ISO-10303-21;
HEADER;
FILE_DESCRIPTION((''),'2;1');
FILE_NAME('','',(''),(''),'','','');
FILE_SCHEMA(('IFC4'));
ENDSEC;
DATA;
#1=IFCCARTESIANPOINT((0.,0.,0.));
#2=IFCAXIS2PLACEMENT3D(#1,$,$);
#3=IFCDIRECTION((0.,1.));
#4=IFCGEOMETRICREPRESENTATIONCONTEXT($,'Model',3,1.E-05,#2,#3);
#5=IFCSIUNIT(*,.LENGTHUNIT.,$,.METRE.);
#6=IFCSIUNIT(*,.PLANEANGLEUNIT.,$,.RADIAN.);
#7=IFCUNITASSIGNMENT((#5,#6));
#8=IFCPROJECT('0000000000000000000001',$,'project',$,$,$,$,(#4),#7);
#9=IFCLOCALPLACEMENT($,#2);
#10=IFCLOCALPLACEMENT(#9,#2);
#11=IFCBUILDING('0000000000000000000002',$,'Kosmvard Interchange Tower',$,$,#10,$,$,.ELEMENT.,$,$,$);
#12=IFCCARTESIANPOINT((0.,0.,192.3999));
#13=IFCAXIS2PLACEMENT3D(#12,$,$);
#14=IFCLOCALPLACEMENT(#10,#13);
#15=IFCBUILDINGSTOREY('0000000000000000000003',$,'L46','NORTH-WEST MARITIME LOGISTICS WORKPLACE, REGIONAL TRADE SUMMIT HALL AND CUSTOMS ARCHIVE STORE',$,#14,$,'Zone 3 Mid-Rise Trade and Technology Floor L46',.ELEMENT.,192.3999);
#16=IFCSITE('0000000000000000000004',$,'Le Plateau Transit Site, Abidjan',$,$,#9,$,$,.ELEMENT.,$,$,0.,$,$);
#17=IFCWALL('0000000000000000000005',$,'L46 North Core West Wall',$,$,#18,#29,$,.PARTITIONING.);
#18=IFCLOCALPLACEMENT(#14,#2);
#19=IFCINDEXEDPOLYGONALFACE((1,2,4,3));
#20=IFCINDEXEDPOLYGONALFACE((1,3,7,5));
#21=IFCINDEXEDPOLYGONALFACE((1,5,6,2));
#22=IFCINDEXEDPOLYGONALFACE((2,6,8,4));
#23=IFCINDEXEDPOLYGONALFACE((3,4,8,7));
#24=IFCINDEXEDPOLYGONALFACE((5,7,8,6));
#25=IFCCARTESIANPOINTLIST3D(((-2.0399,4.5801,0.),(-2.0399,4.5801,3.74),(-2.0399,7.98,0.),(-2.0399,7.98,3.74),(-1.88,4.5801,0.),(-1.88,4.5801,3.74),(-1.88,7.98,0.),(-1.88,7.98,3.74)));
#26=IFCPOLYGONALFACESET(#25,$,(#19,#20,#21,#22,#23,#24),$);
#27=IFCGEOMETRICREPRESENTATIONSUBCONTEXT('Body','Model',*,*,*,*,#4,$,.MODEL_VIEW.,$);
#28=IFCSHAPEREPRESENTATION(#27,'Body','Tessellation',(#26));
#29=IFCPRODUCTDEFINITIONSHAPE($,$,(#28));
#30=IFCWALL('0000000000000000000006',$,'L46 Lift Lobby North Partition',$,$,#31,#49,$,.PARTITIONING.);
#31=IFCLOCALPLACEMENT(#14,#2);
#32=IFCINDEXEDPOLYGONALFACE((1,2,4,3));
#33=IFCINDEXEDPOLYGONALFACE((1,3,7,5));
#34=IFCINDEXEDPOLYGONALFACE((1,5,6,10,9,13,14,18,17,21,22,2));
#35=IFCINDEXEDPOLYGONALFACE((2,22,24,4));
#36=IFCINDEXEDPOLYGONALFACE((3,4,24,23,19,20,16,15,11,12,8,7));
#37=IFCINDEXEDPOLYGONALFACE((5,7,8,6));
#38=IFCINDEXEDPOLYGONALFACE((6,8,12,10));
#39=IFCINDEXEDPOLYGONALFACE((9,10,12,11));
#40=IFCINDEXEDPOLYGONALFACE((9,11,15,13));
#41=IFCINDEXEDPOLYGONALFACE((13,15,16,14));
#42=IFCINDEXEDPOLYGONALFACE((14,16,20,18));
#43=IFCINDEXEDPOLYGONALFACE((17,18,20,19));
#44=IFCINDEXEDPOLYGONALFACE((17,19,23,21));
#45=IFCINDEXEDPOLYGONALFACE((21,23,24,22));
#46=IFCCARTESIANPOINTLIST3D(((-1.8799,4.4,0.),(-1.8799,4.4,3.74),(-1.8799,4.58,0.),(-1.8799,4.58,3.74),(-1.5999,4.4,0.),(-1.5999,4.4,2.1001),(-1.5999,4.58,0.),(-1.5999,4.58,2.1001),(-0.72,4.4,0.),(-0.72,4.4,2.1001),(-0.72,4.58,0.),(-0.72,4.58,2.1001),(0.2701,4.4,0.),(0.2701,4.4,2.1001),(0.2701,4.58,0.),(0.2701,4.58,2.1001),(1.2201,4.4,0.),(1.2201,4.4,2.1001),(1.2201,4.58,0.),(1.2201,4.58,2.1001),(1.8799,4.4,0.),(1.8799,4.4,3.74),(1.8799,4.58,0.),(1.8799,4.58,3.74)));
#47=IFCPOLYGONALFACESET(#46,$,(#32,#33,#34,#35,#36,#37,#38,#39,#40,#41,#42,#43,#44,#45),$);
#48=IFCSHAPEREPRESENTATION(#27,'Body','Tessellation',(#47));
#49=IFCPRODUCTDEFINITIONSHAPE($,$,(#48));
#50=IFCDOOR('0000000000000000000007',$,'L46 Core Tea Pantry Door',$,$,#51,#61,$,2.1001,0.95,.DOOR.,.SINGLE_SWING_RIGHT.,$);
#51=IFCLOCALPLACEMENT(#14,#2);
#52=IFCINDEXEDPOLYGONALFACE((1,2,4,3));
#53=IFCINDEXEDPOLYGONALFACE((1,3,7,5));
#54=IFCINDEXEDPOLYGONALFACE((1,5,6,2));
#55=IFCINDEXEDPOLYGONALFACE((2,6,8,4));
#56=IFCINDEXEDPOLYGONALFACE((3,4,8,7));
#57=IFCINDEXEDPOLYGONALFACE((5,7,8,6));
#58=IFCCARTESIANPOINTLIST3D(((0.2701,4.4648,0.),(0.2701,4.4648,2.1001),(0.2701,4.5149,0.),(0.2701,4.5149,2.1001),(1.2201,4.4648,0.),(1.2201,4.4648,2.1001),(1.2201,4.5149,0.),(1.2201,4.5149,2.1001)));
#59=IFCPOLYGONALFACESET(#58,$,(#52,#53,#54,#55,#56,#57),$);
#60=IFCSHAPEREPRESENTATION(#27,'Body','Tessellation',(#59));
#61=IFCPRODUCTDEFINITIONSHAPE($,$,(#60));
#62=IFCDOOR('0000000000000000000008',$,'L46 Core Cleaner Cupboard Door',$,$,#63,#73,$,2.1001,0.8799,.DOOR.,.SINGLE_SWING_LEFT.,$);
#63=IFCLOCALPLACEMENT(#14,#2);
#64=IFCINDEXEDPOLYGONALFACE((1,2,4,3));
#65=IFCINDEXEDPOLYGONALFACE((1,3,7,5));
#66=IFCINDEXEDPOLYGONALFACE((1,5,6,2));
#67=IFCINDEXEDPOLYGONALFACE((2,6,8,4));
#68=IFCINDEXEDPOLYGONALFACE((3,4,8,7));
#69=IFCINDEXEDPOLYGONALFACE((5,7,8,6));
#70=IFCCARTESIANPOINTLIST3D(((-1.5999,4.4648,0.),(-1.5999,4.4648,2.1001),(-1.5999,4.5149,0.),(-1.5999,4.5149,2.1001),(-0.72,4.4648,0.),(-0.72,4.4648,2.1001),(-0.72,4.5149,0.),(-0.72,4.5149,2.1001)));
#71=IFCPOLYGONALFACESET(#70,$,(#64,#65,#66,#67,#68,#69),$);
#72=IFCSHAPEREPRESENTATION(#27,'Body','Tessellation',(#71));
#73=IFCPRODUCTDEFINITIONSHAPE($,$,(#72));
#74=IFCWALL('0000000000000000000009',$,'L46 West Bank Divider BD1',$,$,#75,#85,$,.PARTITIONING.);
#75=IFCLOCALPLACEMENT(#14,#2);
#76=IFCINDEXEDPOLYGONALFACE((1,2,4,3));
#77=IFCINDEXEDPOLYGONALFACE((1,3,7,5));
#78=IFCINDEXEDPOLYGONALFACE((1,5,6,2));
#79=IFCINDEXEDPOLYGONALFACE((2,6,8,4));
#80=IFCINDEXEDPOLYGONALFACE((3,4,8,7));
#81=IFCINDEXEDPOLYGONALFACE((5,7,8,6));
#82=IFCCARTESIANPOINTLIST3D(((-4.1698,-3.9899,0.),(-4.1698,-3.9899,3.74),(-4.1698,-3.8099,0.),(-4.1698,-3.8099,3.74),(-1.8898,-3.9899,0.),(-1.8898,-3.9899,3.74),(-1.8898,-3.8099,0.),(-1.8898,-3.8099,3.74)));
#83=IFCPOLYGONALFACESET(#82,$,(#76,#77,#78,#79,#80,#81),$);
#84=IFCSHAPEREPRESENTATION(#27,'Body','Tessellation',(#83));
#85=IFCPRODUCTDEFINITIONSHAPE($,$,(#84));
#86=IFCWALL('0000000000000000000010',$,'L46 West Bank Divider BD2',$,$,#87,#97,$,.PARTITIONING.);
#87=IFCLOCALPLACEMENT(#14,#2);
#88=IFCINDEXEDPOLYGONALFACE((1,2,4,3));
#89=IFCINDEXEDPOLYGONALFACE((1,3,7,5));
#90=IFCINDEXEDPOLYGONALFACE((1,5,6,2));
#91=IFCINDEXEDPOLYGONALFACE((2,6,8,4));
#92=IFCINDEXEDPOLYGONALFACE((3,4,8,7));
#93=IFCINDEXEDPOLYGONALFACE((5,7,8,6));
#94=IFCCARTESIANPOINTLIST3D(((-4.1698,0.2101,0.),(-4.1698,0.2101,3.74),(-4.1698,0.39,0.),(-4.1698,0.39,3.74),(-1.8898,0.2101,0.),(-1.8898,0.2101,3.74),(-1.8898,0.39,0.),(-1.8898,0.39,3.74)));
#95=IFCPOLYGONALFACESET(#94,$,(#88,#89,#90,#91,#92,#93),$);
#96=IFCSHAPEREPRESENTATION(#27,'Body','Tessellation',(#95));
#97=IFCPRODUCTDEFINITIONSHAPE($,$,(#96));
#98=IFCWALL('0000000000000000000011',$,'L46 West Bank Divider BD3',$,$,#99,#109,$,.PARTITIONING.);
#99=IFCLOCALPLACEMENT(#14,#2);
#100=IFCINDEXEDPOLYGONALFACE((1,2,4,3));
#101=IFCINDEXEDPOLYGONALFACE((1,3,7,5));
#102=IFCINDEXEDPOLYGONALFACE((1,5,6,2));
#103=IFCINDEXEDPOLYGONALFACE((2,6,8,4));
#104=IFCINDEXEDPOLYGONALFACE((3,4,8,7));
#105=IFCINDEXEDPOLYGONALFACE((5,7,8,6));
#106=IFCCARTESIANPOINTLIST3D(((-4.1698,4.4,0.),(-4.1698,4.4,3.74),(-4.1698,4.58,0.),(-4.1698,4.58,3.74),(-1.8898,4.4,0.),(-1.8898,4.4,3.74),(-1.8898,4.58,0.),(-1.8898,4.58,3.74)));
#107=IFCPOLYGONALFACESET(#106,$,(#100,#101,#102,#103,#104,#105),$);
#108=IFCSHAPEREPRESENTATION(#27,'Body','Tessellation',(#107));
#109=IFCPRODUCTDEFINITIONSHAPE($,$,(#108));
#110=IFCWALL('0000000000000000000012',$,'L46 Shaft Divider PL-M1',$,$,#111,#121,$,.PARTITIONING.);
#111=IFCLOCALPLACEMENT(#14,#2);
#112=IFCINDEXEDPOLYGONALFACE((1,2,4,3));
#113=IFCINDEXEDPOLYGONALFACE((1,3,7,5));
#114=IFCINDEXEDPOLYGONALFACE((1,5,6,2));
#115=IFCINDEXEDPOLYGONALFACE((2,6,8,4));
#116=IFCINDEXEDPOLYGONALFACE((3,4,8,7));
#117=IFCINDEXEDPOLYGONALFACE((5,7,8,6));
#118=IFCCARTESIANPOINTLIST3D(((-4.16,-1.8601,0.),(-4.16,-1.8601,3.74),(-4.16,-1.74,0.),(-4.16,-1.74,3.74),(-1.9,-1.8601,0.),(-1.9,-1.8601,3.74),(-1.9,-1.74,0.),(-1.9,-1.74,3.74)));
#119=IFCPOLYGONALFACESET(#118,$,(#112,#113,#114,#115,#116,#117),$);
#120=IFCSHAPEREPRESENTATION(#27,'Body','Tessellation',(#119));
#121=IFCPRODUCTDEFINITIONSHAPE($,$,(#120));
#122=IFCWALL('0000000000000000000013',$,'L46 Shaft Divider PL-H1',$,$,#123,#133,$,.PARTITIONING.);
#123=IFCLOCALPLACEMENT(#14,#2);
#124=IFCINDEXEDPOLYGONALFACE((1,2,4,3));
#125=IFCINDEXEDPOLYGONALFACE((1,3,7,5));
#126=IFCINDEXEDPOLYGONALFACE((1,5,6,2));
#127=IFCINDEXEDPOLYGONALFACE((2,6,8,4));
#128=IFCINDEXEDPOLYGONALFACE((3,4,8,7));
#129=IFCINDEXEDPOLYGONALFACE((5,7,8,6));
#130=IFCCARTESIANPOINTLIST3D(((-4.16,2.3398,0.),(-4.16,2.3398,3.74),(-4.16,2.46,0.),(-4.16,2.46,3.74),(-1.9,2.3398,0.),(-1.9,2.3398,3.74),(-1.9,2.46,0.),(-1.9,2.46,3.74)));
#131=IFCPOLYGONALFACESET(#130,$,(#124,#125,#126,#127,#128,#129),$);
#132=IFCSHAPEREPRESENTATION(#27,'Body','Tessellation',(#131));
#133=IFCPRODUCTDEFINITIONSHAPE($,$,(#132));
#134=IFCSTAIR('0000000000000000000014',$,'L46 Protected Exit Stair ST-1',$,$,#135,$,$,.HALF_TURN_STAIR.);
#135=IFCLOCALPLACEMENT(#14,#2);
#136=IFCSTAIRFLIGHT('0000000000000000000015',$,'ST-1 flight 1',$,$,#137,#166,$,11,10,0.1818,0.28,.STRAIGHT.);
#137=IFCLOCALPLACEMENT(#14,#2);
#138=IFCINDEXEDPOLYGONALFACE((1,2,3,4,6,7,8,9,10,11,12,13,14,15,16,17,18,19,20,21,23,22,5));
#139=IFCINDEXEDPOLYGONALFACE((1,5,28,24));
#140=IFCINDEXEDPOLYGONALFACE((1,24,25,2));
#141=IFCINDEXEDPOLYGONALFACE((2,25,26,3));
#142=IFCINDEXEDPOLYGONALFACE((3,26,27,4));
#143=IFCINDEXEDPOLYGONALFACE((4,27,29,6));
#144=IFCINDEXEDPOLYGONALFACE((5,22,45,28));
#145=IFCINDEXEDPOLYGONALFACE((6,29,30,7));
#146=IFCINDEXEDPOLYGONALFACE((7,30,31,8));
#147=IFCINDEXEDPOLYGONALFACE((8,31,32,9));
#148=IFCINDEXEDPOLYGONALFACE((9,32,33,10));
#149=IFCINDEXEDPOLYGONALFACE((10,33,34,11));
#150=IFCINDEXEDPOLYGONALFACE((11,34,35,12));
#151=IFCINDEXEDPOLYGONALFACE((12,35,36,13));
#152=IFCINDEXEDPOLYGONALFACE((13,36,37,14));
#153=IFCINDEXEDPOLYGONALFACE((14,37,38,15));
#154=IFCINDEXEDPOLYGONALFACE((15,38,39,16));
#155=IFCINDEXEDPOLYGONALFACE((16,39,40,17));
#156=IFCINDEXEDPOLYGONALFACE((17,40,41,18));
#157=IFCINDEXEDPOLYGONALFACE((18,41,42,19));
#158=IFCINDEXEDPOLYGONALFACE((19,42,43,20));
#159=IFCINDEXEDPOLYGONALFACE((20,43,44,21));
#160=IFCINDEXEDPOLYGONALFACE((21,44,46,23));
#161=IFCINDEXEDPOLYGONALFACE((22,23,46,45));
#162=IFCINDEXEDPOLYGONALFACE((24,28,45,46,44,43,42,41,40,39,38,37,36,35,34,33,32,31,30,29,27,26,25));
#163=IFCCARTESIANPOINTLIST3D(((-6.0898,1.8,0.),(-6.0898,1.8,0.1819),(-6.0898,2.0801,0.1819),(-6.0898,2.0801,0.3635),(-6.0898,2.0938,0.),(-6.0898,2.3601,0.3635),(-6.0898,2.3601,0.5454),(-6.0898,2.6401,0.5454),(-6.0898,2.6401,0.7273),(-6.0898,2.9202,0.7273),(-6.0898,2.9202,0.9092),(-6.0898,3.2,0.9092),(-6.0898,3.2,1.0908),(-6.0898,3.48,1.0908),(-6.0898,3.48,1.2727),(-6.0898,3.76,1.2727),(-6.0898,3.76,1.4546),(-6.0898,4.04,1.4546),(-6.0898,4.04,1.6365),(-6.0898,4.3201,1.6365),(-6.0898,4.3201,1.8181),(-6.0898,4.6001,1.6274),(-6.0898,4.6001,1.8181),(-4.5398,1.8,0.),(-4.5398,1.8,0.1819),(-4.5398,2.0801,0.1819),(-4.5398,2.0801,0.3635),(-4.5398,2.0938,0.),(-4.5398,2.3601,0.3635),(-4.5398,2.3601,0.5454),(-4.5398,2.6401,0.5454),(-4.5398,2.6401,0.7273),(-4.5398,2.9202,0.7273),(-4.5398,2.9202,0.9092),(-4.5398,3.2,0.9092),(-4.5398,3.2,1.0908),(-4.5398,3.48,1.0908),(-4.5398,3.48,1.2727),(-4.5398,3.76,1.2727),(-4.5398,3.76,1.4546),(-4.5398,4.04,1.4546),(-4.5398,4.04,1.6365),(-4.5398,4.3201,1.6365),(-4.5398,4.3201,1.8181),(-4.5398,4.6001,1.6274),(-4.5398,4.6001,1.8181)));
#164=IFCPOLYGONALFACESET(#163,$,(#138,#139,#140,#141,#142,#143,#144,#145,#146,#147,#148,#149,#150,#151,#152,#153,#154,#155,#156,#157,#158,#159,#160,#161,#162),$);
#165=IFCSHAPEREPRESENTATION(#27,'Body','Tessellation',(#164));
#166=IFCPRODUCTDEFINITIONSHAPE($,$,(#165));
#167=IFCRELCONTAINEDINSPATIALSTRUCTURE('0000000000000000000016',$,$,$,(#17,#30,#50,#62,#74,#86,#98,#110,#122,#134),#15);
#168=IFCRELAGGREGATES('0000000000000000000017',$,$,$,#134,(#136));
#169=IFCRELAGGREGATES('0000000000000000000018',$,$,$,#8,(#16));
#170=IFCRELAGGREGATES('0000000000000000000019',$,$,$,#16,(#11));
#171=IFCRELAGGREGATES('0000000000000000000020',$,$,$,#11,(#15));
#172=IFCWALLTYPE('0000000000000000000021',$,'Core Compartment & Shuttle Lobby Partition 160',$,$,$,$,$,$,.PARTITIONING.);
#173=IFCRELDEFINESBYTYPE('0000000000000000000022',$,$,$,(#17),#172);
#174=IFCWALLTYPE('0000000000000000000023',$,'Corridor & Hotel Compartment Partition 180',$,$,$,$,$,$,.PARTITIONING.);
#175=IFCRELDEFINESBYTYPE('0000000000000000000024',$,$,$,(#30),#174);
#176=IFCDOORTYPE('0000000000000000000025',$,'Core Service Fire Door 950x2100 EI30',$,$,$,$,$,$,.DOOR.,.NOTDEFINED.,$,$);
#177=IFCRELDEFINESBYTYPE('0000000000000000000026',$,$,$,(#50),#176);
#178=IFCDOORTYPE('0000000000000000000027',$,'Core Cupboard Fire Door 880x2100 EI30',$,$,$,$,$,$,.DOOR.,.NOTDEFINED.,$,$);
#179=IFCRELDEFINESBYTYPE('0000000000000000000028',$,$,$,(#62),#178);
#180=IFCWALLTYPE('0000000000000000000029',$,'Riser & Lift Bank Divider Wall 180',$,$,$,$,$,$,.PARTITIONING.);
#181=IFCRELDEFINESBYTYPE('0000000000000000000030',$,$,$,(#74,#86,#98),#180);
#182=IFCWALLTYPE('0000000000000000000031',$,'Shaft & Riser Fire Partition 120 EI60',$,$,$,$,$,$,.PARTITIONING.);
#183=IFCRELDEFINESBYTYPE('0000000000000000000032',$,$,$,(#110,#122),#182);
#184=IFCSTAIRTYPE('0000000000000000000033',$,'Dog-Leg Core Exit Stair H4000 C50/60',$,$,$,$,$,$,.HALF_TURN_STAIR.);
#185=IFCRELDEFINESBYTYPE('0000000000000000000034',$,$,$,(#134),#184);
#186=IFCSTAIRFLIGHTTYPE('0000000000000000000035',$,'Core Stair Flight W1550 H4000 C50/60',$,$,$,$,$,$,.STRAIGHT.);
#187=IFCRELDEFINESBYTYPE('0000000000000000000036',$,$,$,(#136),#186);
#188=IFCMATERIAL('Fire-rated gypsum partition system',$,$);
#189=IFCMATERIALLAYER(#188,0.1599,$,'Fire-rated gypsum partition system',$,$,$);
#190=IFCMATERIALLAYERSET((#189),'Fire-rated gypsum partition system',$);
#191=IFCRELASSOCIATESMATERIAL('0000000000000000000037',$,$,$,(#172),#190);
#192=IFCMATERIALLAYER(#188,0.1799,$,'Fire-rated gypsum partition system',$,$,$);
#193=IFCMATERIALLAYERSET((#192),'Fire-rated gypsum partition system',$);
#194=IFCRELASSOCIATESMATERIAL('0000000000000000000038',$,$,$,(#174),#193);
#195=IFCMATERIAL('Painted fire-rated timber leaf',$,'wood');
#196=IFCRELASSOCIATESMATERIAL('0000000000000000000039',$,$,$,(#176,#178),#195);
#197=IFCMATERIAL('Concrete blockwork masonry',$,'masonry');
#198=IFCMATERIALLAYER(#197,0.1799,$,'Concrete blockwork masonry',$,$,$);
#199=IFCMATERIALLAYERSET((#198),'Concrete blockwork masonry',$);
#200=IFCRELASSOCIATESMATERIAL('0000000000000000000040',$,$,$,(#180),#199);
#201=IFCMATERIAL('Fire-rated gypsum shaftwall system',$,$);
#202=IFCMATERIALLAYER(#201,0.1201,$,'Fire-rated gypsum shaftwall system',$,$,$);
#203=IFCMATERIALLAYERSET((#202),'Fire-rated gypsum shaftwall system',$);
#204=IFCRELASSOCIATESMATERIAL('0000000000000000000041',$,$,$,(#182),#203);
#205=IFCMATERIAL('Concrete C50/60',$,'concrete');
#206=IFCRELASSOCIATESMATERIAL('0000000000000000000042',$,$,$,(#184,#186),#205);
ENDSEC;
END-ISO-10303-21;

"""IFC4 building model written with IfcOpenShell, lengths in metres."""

from ifc_helpers import new_model, si_unit, direction, frame, frame_2d, origin, place, context, subcontext, project, spatial, polyline, rectangle, outline, extrude, source, transform, mapped, material, layer, layer_set, type_object, element, fill, aggregate, save


model = new_model("IFC4")

# Units and contexts
model_context = context("Model", 3, precision=1e-05, world=origin(), true_north=direction((0.0, 1.0)))
body_context = subcontext(model_context, "Body", "Model", "MODEL_VIEW")
ifc_project = project(units=[si_unit("LENGTHUNIT", "METRE"), si_unit("PLANEANGLEUNIT", "RADIAN")], contexts=[model_context])

# Site, building, storey
site_placement = place(None, origin())
site = spatial("IfcSite", under=ifc_project, at=site_placement, Name="Le Plateau Transit Site, Abidjan", CompositionType="ELEMENT", RefElevation=0.0)
building_placement = place(site_placement, origin())
building = spatial("IfcBuilding", under=site, at=building_placement, Name="Kosmvard Interchange Tower", CompositionType="ELEMENT")
storey_placement = place(building_placement, frame((0.0, 0.0, 192.3999)))
storey = spatial("IfcBuildingStorey", under=building, at=storey_placement, Name="L46", Description="NORTH-WEST MARITIME LOGISTICS WORKPLACE, REGIONAL TRADE SUMMIT HALL AND CUSTOMS ARCHIVE STORE", LongName="Zone 3 Mid-Rise Trade and Technology Floor L46", CompositionType="ELEMENT", Elevation=192.3999)

# Wall
ifc_material_1 = material(Name="Fire-rated gypsum partition system")
ifc_layer_1 = layer(ifc_material_1, 0.1599, Name="Fire-rated gypsum partition system")
ifc_layer_set_1 = layer_set([ifc_layer_1], Name="Fire-rated gypsum partition system")
wall_type_1 = type_object("IfcWallType", Name="Core Compartment & Shuttle Lobby Partition 160", PredefinedType="PARTITIONING", material=ifc_layer_set_1)
wall_1_placement = place(storey_placement, frame((-1.96, 4.5801, 0.0), z_axis=(0.0, 0.0, 1.0), x_axis=(0.0, 1.0, 0.0)))
element("IfcWall", 1, at=wall_1_placement, inside=storey, type_object=wall_type_1, Name="L46 North Core West Wall", PredefinedType="PARTITIONING", context=body_context, shape_type="SweptSolid", body=[
    extrude(rectangle(XDim=3.3999, YDim=0.1599, at=frame_2d((1.7, 0.0))), origin(), (0.0, 0.0, 1.0), 3.74),
])

# Wall, openings, doors
ifc_layer_2 = layer(ifc_material_1, 0.1799, Name="Fire-rated gypsum partition system")
ifc_layer_set_2 = layer_set([ifc_layer_2], Name="Fire-rated gypsum partition system")
wall_type_2 = type_object("IfcWallType", Name="Corridor & Hotel Compartment Partition 180", PredefinedType="PARTITIONING", material=ifc_layer_set_2)
wall_2_placement = place(storey_placement, frame((-1.8799, 4.49, 0.0), z_axis=(0.0, 0.0, 1.0), x_axis=(1.0, 0.0, 0.0)))
wall_2 = element("IfcWall", 2, at=wall_2_placement, inside=storey, type_object=wall_type_2, Name="L46 Lift Lobby North Partition", PredefinedType="PARTITIONING", context=body_context, shape_type="SweptSolid", body=[
    extrude(rectangle(XDim=3.7598, YDim=0.1799, at=frame_2d((1.8799, 0.0))), origin(), (0.0, 0.0, 1.0), 3.74),
])
opening_1_placement = place(wall_2_placement, frame((0.28, 0.0, 0.0)))
opening_1 = element("IfcOpeningElement", 3, at=opening_1_placement, cuts=wall_2, PredefinedType="OPENING", context=body_context, shape_type="SweptSolid", body=[
    extrude(rectangle(XDim=0.8799, YDim=2.1001, at=frame_2d((0.4399, 1.05))), frame((0.0, 0.1001, 0.0), z_axis=(0.0, -1.0, 0.0), x_axis=(1.0, 0.0, 0.0)), (0.0, 0.0, 1.0), 0.2),
])
opening_2_placement = place(wall_2_placement, frame((2.1499, 0.0, 0.0)))
opening_2 = element("IfcOpeningElement", 4, at=opening_2_placement, cuts=wall_2, PredefinedType="OPENING", context=body_context, shape_type="SweptSolid", body=[
    extrude(rectangle(XDim=0.95, YDim=2.1001, at=frame_2d((0.4751, 1.05))), frame((0.0, 0.1001, 0.0), z_axis=(0.0, -1.0, 0.0), x_axis=(1.0, 0.0, 0.0)), (0.0, 0.0, 1.0), 0.2),
])
ifc_material_2 = material(Name="Painted fire-rated timber leaf", Category="wood")
door_type_1 = type_object("IfcDoorType", Name="Core Service Fire Door 950x2100 EI30", OperationType="NOTDEFINED", PredefinedType="DOOR", material=ifc_material_2)
shared_shape_1 = source(origin(), body_context, "Body", "SweptSolid", [
    extrude(rectangle(XDim=0.95, YDim=2.1001, at=frame_2d((0.4751, 1.05))), frame((0.0, 0.0249, 0.0), z_axis=(0.0, -1.0, 0.0), x_axis=(1.0, 0.0, 0.0)), (0.0, 0.0, 1.0), 0.05),
])
door_1_placement = place(opening_2_placement, origin())
door_1 = element("IfcDoor", 5, at=door_1_placement, inside=storey, type_object=door_type_1, Name="L46 Core Tea Pantry Door", OperationType="SINGLE_SWING_RIGHT", OverallHeight=2.1001, OverallWidth=0.95, PredefinedType="DOOR", context=body_context, shape_type="MappedRepresentation", body=[
    mapped(shared_shape_1, transform((0.0, 0.0, 0.0), scale=1.0)),
])
fill(opening_2, door_1)
door_type_2 = type_object("IfcDoorType", Name="Core Cupboard Fire Door 880x2100 EI30", OperationType="NOTDEFINED", PredefinedType="DOOR", material=ifc_material_2)
shared_shape_2 = source(origin(), body_context, "Body", "SweptSolid", [
    extrude(rectangle(XDim=0.8799, YDim=2.1001, at=frame_2d((0.4399, 1.05))), frame((0.0, 0.0249, 0.0), z_axis=(0.0, -1.0, 0.0), x_axis=(1.0, 0.0, 0.0)), (0.0, 0.0, 1.0), 0.05),
])
door_2_placement = place(opening_1_placement, origin())
door_2 = element("IfcDoor", 6, at=door_2_placement, inside=storey, type_object=door_type_2, Name="L46 Core Cleaner Cupboard Door", OperationType="SINGLE_SWING_LEFT", OverallHeight=2.1001, OverallWidth=0.8799, PredefinedType="DOOR", context=body_context, shape_type="MappedRepresentation", body=[
    mapped(shared_shape_2, transform((0.0, 0.0, 0.0), scale=1.0)),
])
fill(opening_1, door_2)

# Walls
ifc_material_3 = material(Name="Concrete blockwork masonry", Category="masonry")
ifc_layer_3 = layer(ifc_material_3, 0.1799, Name="Concrete blockwork masonry")
ifc_layer_set_3 = layer_set([ifc_layer_3], Name="Concrete blockwork masonry")
wall_type_3 = type_object("IfcWallType", Name="Riser & Lift Bank Divider Wall 180", PredefinedType="PARTITIONING", material=ifc_layer_set_3)
for number, where, z_axis, x_axis, name in (
    (7, (-4.1699, -3.8999, 0.0), (0.0, 0.0, 1.0), (1.0, 0.0, 0.0), "L46 West Bank Divider BD1"),
    (8, (-4.1699, 0.3, 0.0), (0.0, 0.0, 1.0), (1.0, 0.0, 0.0), "L46 West Bank Divider BD2"),
    (9, (-4.1699, 4.49, 0.0), (0.0, 0.0, 1.0), (1.0, 0.0, 0.0), "L46 West Bank Divider BD3"),
):
    element("IfcWall", number, at=place(storey_placement, frame(where, z_axis=z_axis, x_axis=x_axis)), inside=storey, type_object=wall_type_3, Name=name, PredefinedType="PARTITIONING", context=body_context, shape_type="SweptSolid", body=[
        extrude(rectangle(XDim=2.28, YDim=0.1799, at=frame_2d((1.1401, 0.0))), origin(), (0.0, 0.0, 1.0), 3.74),
    ])
ifc_material_4 = material(Name="Fire-rated gypsum shaftwall system")
ifc_layer_4 = layer(ifc_material_4, 0.1201, Name="Fire-rated gypsum shaftwall system")
ifc_layer_set_4 = layer_set([ifc_layer_4], Name="Fire-rated gypsum shaftwall system")
wall_type_4 = type_object("IfcWallType", Name="Shaft & Riser Fire Partition 120 EI60", PredefinedType="PARTITIONING", material=ifc_layer_set_4)
for number, where, z_axis, x_axis, name in (
    (10, (-4.1599, -1.8, 0.0), (0.0, 0.0, 1.0), (1.0, 0.0, 0.0), "L46 Shaft Divider PL-M1"),
    (11, (-4.1599, 2.3999, 0.0), (0.0, 0.0, 1.0), (1.0, 0.0, 0.0), "L46 Shaft Divider PL-H1"),
):
    element("IfcWall", number, at=place(storey_placement, frame(where, z_axis=z_axis, x_axis=x_axis)), inside=storey, type_object=wall_type_4, Name=name, PredefinedType="PARTITIONING", context=body_context, shape_type="SweptSolid", body=[
        extrude(rectangle(XDim=2.26, YDim=0.1201, at=frame_2d((1.1299, 0.0))), origin(), (0.0, 0.0, 1.0), 3.74),
    ])

# Stair, stair flight
ifc_material_5 = material(Name="Concrete C50/60", Category="concrete")
stair_type = type_object("IfcStairType", Name="Dog-Leg Core Exit Stair H4000 C50/60", PredefinedType="HALF_TURN_STAIR", material=ifc_material_5)
stair_placement = place(storey_placement, origin())
stair = element("IfcStair", 12, at=stair_placement, inside=storey, type_object=stair_type, Name="L46 Protected Exit Stair ST-1", PredefinedType="HALF_TURN_STAIR")
stair_flight_type = type_object("IfcStairFlightType", Name="Core Stair Flight W1550 H4000 C50/60", PredefinedType="STRAIGHT", material=ifc_material_5)
shared_shape_3 = source(origin(), body_context, "Body", "SweptSolid", [
    extrude(outline(polyline([(0.0, 0.0), (0.0, 0.1819), (0.28, 0.1819), (0.28, 0.3635), (0.5601, 0.3635), (0.5601, 0.5454), (0.8401, 0.5454), (0.8401, 0.7273), (1.1201, 0.7273), (1.1201, 0.9092), (1.3999, 0.9092), (1.3999, 1.0908), (1.6799, 1.0908), (1.6799, 1.2727), (1.96, 1.2727), (1.96, 1.4546), (2.24, 1.4546), (2.24, 1.6365), (2.52, 1.6365), (2.52, 1.8181), (2.8, 1.8181), (2.8, 2.0), (2.8, 1.6274), (0.2937, 0.0), (0.0, 0.0)])), frame((0.0, 0.7749, 0.0), z_axis=(0.0, -1.0, 0.0), x_axis=(1.0, 0.0, 0.0)), (0.0, 0.0, 1.0), 1.55),
])
stair_flight_placement = place(storey_placement, frame((-5.3149, 1.8, 0.0), z_axis=(0.0, 0.0, 1.0), x_axis=(0.0, 1.0, 0.0)))
stair_flight = element("IfcStairFlight", 13, at=stair_flight_placement, type_object=stair_flight_type, Name="ST-1 flight 1", NumberOfRisers=11, NumberOfTreads=10, PredefinedType="STRAIGHT", RiserHeight=0.1818, TreadLength=0.28, context=body_context, shape_type="MappedRepresentation", body=[
    mapped(shared_shape_3, transform((0.0, 0.0, 0.0), scale=1.0)),
])
aggregate(stair, [stair_flight])

save(model, "model.ifc")
